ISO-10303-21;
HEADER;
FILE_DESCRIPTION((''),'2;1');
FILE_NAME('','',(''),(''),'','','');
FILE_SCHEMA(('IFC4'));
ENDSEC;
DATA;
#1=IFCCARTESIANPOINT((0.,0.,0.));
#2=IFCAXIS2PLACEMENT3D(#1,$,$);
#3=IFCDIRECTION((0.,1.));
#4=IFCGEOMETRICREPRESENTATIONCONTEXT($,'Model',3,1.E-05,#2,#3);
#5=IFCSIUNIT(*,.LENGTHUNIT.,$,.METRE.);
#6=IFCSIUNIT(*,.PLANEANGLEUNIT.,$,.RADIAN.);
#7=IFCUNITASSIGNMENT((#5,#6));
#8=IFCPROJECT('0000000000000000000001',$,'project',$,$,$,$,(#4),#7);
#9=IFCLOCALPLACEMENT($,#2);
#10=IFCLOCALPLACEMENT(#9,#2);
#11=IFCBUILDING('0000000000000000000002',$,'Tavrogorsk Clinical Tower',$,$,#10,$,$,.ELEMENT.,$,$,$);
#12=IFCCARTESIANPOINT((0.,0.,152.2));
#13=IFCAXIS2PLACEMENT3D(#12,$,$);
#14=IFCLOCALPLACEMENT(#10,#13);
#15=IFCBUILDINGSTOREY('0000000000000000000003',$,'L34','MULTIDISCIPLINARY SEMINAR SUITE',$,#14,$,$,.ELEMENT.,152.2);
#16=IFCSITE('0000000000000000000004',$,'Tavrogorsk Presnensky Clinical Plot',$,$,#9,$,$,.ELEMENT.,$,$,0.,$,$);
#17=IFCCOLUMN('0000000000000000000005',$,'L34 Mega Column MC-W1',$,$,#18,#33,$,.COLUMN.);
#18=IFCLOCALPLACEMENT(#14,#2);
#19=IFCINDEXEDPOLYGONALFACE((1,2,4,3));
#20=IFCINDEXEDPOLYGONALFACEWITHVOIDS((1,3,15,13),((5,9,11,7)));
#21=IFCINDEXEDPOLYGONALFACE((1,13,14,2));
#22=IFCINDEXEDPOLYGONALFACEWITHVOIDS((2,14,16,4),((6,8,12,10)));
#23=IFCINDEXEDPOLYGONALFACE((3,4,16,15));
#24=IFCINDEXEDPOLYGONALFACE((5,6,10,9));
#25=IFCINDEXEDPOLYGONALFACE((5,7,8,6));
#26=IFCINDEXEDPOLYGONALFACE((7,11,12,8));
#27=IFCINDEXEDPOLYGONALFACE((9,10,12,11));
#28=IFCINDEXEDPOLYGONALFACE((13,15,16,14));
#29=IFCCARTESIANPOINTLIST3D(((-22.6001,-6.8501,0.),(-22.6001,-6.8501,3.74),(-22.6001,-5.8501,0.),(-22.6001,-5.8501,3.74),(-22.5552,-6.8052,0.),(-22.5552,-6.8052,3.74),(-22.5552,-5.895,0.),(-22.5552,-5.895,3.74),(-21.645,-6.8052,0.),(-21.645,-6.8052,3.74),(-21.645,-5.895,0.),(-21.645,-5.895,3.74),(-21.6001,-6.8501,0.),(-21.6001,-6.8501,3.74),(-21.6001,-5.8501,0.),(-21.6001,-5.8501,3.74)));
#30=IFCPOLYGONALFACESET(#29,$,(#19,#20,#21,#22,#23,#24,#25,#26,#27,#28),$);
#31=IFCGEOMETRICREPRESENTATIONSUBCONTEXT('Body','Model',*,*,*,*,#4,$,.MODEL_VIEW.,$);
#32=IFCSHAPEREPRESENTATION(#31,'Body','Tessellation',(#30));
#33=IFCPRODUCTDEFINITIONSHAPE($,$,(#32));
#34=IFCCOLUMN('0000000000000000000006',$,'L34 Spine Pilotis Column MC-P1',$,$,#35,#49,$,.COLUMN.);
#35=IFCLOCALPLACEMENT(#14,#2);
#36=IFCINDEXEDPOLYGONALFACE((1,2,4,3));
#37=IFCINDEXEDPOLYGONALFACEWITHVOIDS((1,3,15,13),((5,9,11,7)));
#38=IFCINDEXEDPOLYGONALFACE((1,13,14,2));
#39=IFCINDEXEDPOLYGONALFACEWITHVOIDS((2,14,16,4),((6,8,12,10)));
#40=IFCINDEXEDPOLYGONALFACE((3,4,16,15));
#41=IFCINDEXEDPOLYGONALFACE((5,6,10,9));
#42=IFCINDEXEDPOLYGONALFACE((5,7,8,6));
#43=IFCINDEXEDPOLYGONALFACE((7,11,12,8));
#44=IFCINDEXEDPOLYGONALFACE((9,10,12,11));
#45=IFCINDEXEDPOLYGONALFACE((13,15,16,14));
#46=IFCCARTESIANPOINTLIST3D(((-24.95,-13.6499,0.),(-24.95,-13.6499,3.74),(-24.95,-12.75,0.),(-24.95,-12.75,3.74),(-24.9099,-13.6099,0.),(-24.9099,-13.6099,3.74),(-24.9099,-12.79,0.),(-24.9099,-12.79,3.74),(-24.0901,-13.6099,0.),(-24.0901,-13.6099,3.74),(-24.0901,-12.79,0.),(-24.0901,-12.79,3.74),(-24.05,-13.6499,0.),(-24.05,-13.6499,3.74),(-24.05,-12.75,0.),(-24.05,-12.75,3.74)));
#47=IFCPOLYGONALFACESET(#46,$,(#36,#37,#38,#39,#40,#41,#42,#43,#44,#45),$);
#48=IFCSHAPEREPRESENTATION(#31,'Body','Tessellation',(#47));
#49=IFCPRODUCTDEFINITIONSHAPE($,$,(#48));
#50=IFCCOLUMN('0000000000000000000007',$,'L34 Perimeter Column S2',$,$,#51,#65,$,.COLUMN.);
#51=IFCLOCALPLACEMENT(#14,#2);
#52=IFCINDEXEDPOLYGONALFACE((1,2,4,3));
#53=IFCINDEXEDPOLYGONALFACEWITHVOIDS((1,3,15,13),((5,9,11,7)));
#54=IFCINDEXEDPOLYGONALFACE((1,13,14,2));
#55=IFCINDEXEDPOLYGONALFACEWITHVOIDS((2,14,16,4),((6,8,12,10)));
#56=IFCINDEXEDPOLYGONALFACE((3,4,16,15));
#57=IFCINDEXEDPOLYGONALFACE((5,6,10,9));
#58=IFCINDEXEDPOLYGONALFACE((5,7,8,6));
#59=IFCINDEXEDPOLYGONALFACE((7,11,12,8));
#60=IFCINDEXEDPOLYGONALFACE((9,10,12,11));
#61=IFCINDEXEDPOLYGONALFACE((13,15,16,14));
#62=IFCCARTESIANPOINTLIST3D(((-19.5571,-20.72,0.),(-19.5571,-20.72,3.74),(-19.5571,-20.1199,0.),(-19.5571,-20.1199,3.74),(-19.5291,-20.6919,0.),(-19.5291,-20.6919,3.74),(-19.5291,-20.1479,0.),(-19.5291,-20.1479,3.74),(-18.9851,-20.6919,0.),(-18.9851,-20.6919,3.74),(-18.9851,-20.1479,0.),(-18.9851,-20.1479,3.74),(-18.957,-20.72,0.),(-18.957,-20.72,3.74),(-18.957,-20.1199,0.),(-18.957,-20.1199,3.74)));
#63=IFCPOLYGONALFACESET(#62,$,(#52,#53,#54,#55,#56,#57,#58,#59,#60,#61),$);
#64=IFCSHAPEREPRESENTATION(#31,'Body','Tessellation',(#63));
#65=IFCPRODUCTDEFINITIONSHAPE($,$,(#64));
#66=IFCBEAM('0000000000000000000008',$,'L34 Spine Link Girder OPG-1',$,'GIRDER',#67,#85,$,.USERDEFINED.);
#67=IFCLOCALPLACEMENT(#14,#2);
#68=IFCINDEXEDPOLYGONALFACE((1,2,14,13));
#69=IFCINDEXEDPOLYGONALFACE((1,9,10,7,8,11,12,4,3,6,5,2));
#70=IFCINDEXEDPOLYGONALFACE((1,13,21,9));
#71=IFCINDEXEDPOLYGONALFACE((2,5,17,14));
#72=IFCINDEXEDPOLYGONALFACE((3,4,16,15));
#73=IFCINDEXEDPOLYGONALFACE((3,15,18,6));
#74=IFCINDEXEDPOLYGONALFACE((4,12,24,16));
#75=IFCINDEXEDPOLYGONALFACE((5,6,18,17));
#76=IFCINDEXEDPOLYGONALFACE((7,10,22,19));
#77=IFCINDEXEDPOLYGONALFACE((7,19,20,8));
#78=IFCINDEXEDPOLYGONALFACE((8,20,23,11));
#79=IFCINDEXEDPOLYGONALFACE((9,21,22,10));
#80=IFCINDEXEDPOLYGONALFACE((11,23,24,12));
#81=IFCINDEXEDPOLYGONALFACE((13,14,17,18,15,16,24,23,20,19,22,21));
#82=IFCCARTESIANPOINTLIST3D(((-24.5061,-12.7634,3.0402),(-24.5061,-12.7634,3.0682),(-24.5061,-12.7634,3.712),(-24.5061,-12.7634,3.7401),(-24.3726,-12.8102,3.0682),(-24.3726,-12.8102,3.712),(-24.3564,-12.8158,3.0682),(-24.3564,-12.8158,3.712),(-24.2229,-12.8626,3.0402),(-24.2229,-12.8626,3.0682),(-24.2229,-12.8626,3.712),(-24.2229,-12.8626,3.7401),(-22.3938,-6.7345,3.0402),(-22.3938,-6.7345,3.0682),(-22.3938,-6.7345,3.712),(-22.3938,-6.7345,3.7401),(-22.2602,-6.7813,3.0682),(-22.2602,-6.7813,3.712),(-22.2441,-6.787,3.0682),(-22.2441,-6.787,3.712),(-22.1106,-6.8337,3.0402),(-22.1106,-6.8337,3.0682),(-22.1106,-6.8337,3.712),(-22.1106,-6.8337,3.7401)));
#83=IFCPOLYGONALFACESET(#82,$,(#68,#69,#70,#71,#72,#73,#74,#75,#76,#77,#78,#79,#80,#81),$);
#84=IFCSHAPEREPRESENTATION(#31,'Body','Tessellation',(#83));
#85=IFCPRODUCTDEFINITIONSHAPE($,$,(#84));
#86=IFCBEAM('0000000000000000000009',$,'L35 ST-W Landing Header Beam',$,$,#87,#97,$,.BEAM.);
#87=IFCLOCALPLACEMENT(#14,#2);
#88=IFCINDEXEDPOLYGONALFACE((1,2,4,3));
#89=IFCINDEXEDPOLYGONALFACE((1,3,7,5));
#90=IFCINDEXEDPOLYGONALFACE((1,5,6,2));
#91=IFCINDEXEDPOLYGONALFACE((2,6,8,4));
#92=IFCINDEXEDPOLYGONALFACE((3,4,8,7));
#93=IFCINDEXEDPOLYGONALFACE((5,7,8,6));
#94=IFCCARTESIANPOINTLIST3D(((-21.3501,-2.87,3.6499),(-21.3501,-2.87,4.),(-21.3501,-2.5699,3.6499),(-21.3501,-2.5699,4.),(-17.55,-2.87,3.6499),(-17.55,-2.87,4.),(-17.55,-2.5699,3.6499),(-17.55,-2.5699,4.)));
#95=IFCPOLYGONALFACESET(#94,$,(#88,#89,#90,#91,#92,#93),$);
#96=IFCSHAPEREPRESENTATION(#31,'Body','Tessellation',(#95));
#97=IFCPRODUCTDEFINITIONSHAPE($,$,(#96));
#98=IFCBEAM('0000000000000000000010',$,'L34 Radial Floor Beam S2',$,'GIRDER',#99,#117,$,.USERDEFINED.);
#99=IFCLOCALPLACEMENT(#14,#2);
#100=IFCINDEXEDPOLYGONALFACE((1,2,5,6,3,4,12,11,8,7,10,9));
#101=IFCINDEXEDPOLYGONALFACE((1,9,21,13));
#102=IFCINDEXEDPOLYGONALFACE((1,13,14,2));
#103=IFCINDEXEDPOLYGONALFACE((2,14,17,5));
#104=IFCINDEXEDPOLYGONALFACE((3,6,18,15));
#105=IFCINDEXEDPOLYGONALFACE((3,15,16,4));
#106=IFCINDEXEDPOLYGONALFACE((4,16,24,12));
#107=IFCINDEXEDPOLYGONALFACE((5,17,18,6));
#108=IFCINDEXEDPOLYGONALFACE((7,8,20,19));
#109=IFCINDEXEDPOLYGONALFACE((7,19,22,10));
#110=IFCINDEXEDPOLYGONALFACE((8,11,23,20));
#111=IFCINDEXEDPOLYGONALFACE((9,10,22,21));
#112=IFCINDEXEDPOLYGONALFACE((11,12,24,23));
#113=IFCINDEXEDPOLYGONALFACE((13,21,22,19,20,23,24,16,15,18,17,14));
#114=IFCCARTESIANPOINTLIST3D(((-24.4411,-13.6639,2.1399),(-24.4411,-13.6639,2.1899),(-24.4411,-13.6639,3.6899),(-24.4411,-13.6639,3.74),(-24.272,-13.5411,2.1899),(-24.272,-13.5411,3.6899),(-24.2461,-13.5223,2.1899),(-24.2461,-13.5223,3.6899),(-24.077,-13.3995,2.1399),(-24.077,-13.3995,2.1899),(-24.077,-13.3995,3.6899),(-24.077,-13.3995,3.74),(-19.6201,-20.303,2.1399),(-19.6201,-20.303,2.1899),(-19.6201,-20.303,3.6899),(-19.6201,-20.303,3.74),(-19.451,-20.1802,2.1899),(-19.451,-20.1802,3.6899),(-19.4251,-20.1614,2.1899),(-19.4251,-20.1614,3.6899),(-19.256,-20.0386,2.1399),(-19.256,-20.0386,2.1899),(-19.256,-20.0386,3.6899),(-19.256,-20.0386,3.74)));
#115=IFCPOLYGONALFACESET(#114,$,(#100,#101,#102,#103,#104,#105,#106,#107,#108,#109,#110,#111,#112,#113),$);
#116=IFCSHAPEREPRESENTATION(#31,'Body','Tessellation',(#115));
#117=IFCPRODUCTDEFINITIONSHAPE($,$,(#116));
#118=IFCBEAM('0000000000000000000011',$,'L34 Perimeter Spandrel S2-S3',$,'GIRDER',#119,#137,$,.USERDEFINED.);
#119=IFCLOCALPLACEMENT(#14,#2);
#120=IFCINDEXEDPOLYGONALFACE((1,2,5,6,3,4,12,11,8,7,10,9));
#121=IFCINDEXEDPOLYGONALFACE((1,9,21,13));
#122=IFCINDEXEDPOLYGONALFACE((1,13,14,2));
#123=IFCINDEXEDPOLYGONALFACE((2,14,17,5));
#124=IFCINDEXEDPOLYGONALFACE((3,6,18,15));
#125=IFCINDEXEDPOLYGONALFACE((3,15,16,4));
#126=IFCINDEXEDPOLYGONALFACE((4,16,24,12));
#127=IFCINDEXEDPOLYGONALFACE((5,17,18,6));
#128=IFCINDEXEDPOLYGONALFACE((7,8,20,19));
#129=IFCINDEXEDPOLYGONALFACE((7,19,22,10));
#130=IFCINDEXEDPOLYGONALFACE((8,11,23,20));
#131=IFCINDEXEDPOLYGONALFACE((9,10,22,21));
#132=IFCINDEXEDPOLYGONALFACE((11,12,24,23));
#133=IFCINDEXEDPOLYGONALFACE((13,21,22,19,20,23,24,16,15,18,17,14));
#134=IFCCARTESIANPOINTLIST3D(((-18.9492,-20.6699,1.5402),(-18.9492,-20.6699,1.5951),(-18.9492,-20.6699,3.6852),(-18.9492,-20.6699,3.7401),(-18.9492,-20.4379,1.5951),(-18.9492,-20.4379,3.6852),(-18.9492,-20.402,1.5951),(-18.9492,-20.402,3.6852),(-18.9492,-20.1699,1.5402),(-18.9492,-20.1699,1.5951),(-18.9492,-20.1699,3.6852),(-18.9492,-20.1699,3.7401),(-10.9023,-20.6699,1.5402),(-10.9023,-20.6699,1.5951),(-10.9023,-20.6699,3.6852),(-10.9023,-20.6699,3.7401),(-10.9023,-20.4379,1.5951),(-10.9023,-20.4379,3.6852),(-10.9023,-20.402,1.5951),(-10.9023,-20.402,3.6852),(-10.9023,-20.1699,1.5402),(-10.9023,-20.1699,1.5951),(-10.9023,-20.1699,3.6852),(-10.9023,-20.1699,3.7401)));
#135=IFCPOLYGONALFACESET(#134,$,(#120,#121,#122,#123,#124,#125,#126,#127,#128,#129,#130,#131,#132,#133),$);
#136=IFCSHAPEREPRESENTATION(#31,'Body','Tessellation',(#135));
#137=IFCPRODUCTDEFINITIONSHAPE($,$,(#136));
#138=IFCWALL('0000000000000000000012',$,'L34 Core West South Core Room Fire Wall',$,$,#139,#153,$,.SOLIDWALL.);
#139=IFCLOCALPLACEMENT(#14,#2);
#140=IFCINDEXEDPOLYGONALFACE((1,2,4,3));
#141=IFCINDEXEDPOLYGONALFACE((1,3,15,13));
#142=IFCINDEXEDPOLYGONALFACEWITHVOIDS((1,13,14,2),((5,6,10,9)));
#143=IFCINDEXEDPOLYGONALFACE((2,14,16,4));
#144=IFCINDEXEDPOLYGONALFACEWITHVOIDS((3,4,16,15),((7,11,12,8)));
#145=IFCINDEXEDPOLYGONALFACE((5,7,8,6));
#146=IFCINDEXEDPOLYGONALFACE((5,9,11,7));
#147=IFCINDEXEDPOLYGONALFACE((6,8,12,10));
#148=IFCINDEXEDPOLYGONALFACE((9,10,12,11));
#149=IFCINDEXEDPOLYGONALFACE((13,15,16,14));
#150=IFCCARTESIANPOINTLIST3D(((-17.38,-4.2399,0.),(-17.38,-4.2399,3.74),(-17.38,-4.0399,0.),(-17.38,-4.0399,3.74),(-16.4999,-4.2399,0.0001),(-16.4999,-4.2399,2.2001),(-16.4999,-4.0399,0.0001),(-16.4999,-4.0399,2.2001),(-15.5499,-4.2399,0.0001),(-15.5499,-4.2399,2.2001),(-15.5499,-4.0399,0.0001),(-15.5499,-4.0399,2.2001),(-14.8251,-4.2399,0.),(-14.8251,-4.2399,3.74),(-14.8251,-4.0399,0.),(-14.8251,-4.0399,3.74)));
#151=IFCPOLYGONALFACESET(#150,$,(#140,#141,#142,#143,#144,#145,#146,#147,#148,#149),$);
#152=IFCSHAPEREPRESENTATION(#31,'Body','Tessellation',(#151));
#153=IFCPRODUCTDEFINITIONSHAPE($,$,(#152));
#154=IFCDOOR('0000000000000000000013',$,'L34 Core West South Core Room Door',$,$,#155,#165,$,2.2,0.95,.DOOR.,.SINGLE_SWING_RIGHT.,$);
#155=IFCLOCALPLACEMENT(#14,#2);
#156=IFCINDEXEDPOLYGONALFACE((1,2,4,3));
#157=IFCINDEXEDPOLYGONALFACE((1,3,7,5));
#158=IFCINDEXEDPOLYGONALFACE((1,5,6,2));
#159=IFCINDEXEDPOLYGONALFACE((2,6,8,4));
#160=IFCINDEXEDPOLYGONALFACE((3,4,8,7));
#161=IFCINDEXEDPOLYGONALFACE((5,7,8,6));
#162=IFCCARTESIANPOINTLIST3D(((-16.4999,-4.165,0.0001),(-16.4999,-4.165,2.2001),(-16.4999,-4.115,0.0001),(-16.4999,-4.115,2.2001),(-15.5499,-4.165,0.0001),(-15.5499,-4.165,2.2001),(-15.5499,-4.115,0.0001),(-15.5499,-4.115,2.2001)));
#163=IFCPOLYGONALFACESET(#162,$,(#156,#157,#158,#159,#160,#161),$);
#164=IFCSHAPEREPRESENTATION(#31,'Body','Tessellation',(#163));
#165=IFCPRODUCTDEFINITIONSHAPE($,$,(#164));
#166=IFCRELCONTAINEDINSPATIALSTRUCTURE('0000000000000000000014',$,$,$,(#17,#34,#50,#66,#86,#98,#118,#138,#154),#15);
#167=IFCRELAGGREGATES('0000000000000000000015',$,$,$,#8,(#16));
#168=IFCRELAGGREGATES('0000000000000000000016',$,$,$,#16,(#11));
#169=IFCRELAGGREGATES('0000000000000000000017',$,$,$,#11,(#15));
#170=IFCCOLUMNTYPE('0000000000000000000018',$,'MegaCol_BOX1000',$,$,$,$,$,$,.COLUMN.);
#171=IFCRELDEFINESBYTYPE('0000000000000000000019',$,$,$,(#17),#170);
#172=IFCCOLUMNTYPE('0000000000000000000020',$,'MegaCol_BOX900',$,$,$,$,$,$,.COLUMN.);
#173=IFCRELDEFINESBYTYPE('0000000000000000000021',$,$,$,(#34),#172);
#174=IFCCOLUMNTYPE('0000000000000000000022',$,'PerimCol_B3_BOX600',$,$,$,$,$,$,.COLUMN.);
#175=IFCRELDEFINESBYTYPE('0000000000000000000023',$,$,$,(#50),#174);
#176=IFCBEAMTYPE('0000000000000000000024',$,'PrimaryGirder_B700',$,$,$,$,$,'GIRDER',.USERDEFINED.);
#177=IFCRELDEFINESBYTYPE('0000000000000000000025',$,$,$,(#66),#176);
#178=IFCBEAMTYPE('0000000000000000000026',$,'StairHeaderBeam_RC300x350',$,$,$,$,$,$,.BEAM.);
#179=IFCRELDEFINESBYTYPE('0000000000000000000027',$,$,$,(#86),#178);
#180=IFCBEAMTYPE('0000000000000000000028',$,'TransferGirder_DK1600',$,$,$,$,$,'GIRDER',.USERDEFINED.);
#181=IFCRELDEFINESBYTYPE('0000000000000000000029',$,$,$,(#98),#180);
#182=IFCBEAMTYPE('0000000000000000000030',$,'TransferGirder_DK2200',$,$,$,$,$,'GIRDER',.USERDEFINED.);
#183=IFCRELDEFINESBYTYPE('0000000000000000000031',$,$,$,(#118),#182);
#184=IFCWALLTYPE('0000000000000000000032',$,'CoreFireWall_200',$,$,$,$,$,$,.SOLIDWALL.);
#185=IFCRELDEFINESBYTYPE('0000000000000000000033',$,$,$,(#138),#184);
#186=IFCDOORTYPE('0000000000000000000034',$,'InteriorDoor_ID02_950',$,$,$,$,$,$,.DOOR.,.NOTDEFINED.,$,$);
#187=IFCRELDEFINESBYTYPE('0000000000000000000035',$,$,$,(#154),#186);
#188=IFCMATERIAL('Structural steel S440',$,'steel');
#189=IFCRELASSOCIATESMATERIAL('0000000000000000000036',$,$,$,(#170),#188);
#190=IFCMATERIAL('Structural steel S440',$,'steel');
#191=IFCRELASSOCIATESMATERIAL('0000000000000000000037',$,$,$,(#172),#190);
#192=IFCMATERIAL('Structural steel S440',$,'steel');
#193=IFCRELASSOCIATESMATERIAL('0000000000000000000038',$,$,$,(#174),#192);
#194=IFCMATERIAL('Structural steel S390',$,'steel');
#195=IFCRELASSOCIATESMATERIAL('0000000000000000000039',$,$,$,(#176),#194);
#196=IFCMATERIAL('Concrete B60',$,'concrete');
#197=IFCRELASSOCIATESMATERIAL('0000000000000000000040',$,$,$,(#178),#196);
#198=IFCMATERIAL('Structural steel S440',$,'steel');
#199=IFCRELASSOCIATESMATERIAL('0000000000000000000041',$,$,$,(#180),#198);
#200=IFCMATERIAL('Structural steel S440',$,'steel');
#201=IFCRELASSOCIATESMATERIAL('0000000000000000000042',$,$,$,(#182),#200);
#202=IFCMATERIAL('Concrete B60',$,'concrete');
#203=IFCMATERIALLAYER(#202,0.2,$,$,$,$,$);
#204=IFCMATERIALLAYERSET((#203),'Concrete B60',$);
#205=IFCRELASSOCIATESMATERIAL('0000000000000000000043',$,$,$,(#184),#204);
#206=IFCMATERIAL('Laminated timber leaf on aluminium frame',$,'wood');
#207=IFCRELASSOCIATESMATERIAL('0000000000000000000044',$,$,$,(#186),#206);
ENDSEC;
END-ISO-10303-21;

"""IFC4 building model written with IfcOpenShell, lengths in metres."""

from ifc_helpers import new_model, si_unit, direction, frame, frame_2d, origin, origin_2d, place, context, subcontext, project, spatial, rectangle, hollow_rectangle, i_section, extrude, material, layer, layer_set, material_profile, profile_set, type_object, element, fill, save


model = new_model("IFC4")

# Units and contexts
model_context = context("Model", 3, precision=1e-05, world=origin(), true_north=direction((0.0, 1.0)))
body_context = subcontext(model_context, "Body", "Model", "MODEL_VIEW")
ifc_project = project(units=[si_unit("LENGTHUNIT", "METRE"), si_unit("PLANEANGLEUNIT", "RADIAN")], contexts=[model_context])

# Site, building, storey
site_placement = place(None, origin())
site = spatial("IfcSite", under=ifc_project, at=site_placement, Name="Tavrogorsk Presnensky Clinical Plot", CompositionType="ELEMENT", RefElevation=0.0)
building_placement = place(site_placement, origin())
building = spatial("IfcBuilding", under=site, at=building_placement, Name="Tavrogorsk Clinical Tower", CompositionType="ELEMENT")
storey_placement = place(building_placement, frame((0.0, 0.0, 152.2)))
storey = spatial("IfcBuildingStorey", under=building, at=storey_placement, Name="L34", Description="MULTIDISCIPLINARY SEMINAR SUITE", CompositionType="ELEMENT", Elevation=152.2)

# Columns
ifc_material_1 = material(Name="Structural steel S440", Category="steel")
ifc_material_profile_1 = material_profile(ifc_material_1, hollow_rectangle(XDim=1.0, YDim=1.0, WallThickness=0.0449, at=origin_2d()), Name="BOX-1000x1000x45")
ifc_profile_set_1 = profile_set([ifc_material_profile_1], Name="Structural steel S440")
column_type_1 = type_object("IfcColumnType", Name="MegaCol_BOX1000", PredefinedType="COLUMN", material=ifc_profile_set_1)
column_1_placement = place(storey_placement, frame((-22.1001, -6.3501, 0.0), z_axis=(0.0, 0.0, 1.0), x_axis=(1.0, 0.0, 0.0)))
element("IfcColumn", 1, at=column_1_placement, inside=storey, type_object=column_type_1, Name="L34 Mega Column MC-W1", PredefinedType="COLUMN", context=body_context, shape_type="SweptSolid", body=[
    extrude(hollow_rectangle(XDim=1.0, YDim=1.0, WallThickness=0.0449, at=origin_2d()), origin(), (0.0, 0.0, 1.0), 3.74),
])
ifc_material_2 = material(Name="Structural steel S440", Category="steel")
ifc_material_profile_2 = material_profile(ifc_material_2, hollow_rectangle(XDim=0.8999, YDim=0.8999, WallThickness=0.04, at=origin_2d()), Name="BOX-900x900x40")
ifc_profile_set_2 = profile_set([ifc_material_profile_2], Name="Structural steel S440")
column_type_2 = type_object("IfcColumnType", Name="MegaCol_BOX900", PredefinedType="COLUMN", material=ifc_profile_set_2)
column_2_placement = place(storey_placement, frame((-24.5, -13.2, 0.0), z_axis=(0.0, 0.0, 1.0), x_axis=(1.0, 0.0, 0.0)))
element("IfcColumn", 2, at=column_2_placement, inside=storey, type_object=column_type_2, Name="L34 Spine Pilotis Column MC-P1", PredefinedType="COLUMN", context=body_context, shape_type="SweptSolid", body=[
    extrude(hollow_rectangle(XDim=0.8999, YDim=0.8999, WallThickness=0.04, at=origin_2d()), origin(), (0.0, 0.0, 1.0), 3.74),
])
ifc_material_3 = material(Name="Structural steel S440", Category="steel")
ifc_material_profile_3 = material_profile(ifc_material_3, hollow_rectangle(XDim=0.6001, YDim=0.6001, WallThickness=0.0281, at=origin_2d()), Name="BOX-600x600x28")
ifc_profile_set_3 = profile_set([ifc_material_profile_3], Name="Structural steel S440")
column_type_3 = type_object("IfcColumnType", Name="PerimCol_B3_BOX600", PredefinedType="COLUMN", material=ifc_profile_set_3)
column_3_placement = place(storey_placement, frame((-19.2571, -20.4199, 0.0), z_axis=(0.0, 0.0, 1.0), x_axis=(1.0, 0.0, 0.0)))
element("IfcColumn", 3, at=column_3_placement, inside=storey, type_object=column_type_3, Name="L34 Perimeter Column S2", PredefinedType="COLUMN", context=body_context, shape_type="SweptSolid", body=[
    extrude(hollow_rectangle(XDim=0.6001, YDim=0.6001, WallThickness=0.0281, at=origin_2d()), origin(), (0.0, 0.0, 1.0), 3.74),
])

# Beams
ifc_material_4 = material(Name="Structural steel S390", Category="steel")
ifc_material_profile_4 = material_profile(ifc_material_4, i_section(OverallWidth=0.3, OverallDepth=0.7, WebThickness=0.0171, FlangeThickness=0.0281, at=origin_2d()), Name="B-700x300x17x28")
ifc_profile_set_4 = profile_set([ifc_material_profile_4], Name="Structural steel S390")
beam_type_1 = type_object("IfcBeamType", Name="PrimaryGirder_B700", ElementType="GIRDER", PredefinedType="USERDEFINED", material=ifc_profile_set_4)
beam_1_placement = place(storey_placement, frame((-24.3645, -12.813, 3.3901), z_axis=(0.33066, 0.94375, 0.0), x_axis=(-0.94375, 0.33066, 0.0)))
element("IfcBeam", 4, at=beam_1_placement, inside=storey, type_object=beam_type_1, Name="L34 Spine Link Girder OPG-1", ObjectType="GIRDER", PredefinedType="USERDEFINED", context=body_context, shape_type="SweptSolid", body=[
    extrude(i_section(OverallWidth=0.3, OverallDepth=0.7, WebThickness=0.0171, FlangeThickness=0.0281, at=origin_2d()), origin(), (0.0, 0.0, 1.0), 6.3882),
])
ifc_material_5 = material(Name="Concrete B60", Category="concrete")
ifc_material_profile_5 = material_profile(ifc_material_5, rectangle(XDim=0.3, YDim=0.3501, at=origin_2d()), Name="RC-SHB-300x350")
ifc_profile_set_5 = profile_set([ifc_material_profile_5], Name="Concrete B60")
beam_type_2 = type_object("IfcBeamType", Name="StairHeaderBeam_RC300x350", PredefinedType="BEAM", material=ifc_profile_set_5)
beam_2_placement = place(storey_placement, frame((-21.3501, -2.72, 3.825), z_axis=(1.0, 0.0, 0.0), x_axis=(0.0, 1.0, 0.0)))
element("IfcBeam", 5, at=beam_2_placement, inside=storey, type_object=beam_type_2, Name="L35 ST-W Landing Header Beam", PredefinedType="BEAM", context=body_context, shape_type="SweptSolid", body=[
    extrude(rectangle(XDim=0.3, YDim=0.3501, at=origin_2d()), origin(), (0.0, 0.0, 1.0), 3.8),
])
ifc_material_6 = material(Name="Structural steel S440", Category="steel")
ifc_material_profile_6 = material_profile(ifc_material_6, i_section(OverallWidth=0.45, OverallDepth=1.6001, WebThickness=0.032, FlangeThickness=0.05, at=origin_2d()), Name="DK-1600x450x32x50")
ifc_profile_set_6 = profile_set([ifc_material_profile_6], Name="Structural steel S440")
beam_type_3 = type_object("IfcBeamType", Name="TransferGirder_DK1600", ElementType="GIRDER", PredefinedType="USERDEFINED", material=ifc_profile_set_6)
beam_3_placement = place(storey_placement, frame((-24.259, -13.5317, 2.9399), z_axis=(0.587579, -0.809167, 0.0), x_axis=(0.809167, 0.587579, 0.0)))
element("IfcBeam", 6, at=beam_3_placement, inside=storey, type_object=beam_type_3, Name="L34 Radial Floor Beam S2", ObjectType="GIRDER", PredefinedType="USERDEFINED", context=body_context, shape_type="SweptSolid", body=[
    extrude(i_section(OverallWidth=0.45, OverallDepth=1.6001, WebThickness=0.032, FlangeThickness=0.05, at=origin_2d()), origin(), (0.0, 0.0, 1.0), 8.2048),
])
ifc_material_7 = material(Name="Structural steel S440", Category="steel")
ifc_material_profile_7 = material_profile(ifc_material_7, i_section(OverallWidth=0.5, OverallDepth=2.2, WebThickness=0.0359, FlangeThickness=0.0549, at=origin_2d()), Name="DK-2200x500x36x55")
ifc_profile_set_7 = profile_set([ifc_material_profile_7], Name="Structural steel S440")
beam_type_4 = type_object("IfcBeamType", Name="TransferGirder_DK2200", ElementType="GIRDER", PredefinedType="USERDEFINED", material=ifc_profile_set_7)
beam_4_placement = place(storey_placement, frame((-18.9492, -20.4199, 2.6401), z_axis=(1.0, 0.0, 0.0), x_axis=(0.0, 1.0, 0.0)))
element("IfcBeam", 7, at=beam_4_placement, inside=storey, type_object=beam_type_4, Name="L34 Perimeter Spandrel S2-S3", ObjectType="GIRDER", PredefinedType="USERDEFINED", context=body_context, shape_type="SweptSolid", body=[
    extrude(i_section(OverallWidth=0.5, OverallDepth=2.2, WebThickness=0.0359, FlangeThickness=0.0549, at=origin_2d()), origin(), (0.0, 0.0, 1.0), 8.0469),
])

# Wall, opening, door
ifc_material_8 = material(Name="Concrete B60", Category="concrete")
ifc_layer_1 = layer(ifc_material_8, 0.2)
ifc_layer_set_1 = layer_set([ifc_layer_1], Name="Concrete B60")
wall_type_1 = type_object("IfcWallType", Name="CoreFireWall_200", PredefinedType="SOLIDWALL", material=ifc_layer_set_1)
wall_1_placement = place(storey_placement, frame((-17.3799, -4.1399, 0.0), z_axis=(0.0, 0.0, 1.0), x_axis=(1.0, 0.0, 0.0)))
wall_1 = element("IfcWall", 8, at=wall_1_placement, inside=storey, type_object=wall_type_1, Name="L34 Core West South Core Room Fire Wall", PredefinedType="SOLIDWALL", context=body_context, shape_type="SweptSolid", body=[
    extrude(rectangle(XDim=2.5549, YDim=0.2, at=frame_2d((1.2773, 0.0))), origin(), (0.0, 0.0, 1.0), 3.74),
])
opening_1_placement = place(wall_1_placement, frame((0.8799, 0.0, 0.0)))
opening_1 = element("IfcOpeningElement", 9, at=opening_1_placement, cuts=wall_1, PredefinedType="OPENING", context=body_context, shape_type="SweptSolid", body=[
    extrude(rectangle(XDim=0.95, YDim=2.2, at=frame_2d((0.4751, 1.1001))), frame((0.0, 0.1099, 0.0), z_axis=(0.0, -1.0, 0.0), x_axis=(1.0, 0.0, 0.0)), (0.0, 0.0, 1.0), 0.22),
])
ifc_material_9 = material(Name="Laminated timber leaf on aluminium frame", Category="wood")
door_type_1 = type_object("IfcDoorType", Name="InteriorDoor_ID02_950", OperationType="NOTDEFINED", PredefinedType="DOOR", material=ifc_material_9)
door_1_placement = place(opening_1_placement, origin())
door_1 = element("IfcDoor", 10, at=door_1_placement, inside=storey, type_object=door_type_1, Name="L34 Core West South Core Room Door", OperationType="SINGLE_SWING_RIGHT", OverallHeight=2.2, OverallWidth=0.95, PredefinedType="DOOR", context=body_context, shape_type="SweptSolid", body=[
    extrude(rectangle(XDim=0.95, YDim=2.2, at=frame_2d((0.4751, 1.1001))), frame((0.0, 0.0249, 0.0), z_axis=(0.0, -1.0, 0.0), x_axis=(1.0, 0.0, 0.0)), (0.0, 0.0, 1.0), 0.05),
])
fill(opening_1, door_1)

save(model, "model.ifc")
